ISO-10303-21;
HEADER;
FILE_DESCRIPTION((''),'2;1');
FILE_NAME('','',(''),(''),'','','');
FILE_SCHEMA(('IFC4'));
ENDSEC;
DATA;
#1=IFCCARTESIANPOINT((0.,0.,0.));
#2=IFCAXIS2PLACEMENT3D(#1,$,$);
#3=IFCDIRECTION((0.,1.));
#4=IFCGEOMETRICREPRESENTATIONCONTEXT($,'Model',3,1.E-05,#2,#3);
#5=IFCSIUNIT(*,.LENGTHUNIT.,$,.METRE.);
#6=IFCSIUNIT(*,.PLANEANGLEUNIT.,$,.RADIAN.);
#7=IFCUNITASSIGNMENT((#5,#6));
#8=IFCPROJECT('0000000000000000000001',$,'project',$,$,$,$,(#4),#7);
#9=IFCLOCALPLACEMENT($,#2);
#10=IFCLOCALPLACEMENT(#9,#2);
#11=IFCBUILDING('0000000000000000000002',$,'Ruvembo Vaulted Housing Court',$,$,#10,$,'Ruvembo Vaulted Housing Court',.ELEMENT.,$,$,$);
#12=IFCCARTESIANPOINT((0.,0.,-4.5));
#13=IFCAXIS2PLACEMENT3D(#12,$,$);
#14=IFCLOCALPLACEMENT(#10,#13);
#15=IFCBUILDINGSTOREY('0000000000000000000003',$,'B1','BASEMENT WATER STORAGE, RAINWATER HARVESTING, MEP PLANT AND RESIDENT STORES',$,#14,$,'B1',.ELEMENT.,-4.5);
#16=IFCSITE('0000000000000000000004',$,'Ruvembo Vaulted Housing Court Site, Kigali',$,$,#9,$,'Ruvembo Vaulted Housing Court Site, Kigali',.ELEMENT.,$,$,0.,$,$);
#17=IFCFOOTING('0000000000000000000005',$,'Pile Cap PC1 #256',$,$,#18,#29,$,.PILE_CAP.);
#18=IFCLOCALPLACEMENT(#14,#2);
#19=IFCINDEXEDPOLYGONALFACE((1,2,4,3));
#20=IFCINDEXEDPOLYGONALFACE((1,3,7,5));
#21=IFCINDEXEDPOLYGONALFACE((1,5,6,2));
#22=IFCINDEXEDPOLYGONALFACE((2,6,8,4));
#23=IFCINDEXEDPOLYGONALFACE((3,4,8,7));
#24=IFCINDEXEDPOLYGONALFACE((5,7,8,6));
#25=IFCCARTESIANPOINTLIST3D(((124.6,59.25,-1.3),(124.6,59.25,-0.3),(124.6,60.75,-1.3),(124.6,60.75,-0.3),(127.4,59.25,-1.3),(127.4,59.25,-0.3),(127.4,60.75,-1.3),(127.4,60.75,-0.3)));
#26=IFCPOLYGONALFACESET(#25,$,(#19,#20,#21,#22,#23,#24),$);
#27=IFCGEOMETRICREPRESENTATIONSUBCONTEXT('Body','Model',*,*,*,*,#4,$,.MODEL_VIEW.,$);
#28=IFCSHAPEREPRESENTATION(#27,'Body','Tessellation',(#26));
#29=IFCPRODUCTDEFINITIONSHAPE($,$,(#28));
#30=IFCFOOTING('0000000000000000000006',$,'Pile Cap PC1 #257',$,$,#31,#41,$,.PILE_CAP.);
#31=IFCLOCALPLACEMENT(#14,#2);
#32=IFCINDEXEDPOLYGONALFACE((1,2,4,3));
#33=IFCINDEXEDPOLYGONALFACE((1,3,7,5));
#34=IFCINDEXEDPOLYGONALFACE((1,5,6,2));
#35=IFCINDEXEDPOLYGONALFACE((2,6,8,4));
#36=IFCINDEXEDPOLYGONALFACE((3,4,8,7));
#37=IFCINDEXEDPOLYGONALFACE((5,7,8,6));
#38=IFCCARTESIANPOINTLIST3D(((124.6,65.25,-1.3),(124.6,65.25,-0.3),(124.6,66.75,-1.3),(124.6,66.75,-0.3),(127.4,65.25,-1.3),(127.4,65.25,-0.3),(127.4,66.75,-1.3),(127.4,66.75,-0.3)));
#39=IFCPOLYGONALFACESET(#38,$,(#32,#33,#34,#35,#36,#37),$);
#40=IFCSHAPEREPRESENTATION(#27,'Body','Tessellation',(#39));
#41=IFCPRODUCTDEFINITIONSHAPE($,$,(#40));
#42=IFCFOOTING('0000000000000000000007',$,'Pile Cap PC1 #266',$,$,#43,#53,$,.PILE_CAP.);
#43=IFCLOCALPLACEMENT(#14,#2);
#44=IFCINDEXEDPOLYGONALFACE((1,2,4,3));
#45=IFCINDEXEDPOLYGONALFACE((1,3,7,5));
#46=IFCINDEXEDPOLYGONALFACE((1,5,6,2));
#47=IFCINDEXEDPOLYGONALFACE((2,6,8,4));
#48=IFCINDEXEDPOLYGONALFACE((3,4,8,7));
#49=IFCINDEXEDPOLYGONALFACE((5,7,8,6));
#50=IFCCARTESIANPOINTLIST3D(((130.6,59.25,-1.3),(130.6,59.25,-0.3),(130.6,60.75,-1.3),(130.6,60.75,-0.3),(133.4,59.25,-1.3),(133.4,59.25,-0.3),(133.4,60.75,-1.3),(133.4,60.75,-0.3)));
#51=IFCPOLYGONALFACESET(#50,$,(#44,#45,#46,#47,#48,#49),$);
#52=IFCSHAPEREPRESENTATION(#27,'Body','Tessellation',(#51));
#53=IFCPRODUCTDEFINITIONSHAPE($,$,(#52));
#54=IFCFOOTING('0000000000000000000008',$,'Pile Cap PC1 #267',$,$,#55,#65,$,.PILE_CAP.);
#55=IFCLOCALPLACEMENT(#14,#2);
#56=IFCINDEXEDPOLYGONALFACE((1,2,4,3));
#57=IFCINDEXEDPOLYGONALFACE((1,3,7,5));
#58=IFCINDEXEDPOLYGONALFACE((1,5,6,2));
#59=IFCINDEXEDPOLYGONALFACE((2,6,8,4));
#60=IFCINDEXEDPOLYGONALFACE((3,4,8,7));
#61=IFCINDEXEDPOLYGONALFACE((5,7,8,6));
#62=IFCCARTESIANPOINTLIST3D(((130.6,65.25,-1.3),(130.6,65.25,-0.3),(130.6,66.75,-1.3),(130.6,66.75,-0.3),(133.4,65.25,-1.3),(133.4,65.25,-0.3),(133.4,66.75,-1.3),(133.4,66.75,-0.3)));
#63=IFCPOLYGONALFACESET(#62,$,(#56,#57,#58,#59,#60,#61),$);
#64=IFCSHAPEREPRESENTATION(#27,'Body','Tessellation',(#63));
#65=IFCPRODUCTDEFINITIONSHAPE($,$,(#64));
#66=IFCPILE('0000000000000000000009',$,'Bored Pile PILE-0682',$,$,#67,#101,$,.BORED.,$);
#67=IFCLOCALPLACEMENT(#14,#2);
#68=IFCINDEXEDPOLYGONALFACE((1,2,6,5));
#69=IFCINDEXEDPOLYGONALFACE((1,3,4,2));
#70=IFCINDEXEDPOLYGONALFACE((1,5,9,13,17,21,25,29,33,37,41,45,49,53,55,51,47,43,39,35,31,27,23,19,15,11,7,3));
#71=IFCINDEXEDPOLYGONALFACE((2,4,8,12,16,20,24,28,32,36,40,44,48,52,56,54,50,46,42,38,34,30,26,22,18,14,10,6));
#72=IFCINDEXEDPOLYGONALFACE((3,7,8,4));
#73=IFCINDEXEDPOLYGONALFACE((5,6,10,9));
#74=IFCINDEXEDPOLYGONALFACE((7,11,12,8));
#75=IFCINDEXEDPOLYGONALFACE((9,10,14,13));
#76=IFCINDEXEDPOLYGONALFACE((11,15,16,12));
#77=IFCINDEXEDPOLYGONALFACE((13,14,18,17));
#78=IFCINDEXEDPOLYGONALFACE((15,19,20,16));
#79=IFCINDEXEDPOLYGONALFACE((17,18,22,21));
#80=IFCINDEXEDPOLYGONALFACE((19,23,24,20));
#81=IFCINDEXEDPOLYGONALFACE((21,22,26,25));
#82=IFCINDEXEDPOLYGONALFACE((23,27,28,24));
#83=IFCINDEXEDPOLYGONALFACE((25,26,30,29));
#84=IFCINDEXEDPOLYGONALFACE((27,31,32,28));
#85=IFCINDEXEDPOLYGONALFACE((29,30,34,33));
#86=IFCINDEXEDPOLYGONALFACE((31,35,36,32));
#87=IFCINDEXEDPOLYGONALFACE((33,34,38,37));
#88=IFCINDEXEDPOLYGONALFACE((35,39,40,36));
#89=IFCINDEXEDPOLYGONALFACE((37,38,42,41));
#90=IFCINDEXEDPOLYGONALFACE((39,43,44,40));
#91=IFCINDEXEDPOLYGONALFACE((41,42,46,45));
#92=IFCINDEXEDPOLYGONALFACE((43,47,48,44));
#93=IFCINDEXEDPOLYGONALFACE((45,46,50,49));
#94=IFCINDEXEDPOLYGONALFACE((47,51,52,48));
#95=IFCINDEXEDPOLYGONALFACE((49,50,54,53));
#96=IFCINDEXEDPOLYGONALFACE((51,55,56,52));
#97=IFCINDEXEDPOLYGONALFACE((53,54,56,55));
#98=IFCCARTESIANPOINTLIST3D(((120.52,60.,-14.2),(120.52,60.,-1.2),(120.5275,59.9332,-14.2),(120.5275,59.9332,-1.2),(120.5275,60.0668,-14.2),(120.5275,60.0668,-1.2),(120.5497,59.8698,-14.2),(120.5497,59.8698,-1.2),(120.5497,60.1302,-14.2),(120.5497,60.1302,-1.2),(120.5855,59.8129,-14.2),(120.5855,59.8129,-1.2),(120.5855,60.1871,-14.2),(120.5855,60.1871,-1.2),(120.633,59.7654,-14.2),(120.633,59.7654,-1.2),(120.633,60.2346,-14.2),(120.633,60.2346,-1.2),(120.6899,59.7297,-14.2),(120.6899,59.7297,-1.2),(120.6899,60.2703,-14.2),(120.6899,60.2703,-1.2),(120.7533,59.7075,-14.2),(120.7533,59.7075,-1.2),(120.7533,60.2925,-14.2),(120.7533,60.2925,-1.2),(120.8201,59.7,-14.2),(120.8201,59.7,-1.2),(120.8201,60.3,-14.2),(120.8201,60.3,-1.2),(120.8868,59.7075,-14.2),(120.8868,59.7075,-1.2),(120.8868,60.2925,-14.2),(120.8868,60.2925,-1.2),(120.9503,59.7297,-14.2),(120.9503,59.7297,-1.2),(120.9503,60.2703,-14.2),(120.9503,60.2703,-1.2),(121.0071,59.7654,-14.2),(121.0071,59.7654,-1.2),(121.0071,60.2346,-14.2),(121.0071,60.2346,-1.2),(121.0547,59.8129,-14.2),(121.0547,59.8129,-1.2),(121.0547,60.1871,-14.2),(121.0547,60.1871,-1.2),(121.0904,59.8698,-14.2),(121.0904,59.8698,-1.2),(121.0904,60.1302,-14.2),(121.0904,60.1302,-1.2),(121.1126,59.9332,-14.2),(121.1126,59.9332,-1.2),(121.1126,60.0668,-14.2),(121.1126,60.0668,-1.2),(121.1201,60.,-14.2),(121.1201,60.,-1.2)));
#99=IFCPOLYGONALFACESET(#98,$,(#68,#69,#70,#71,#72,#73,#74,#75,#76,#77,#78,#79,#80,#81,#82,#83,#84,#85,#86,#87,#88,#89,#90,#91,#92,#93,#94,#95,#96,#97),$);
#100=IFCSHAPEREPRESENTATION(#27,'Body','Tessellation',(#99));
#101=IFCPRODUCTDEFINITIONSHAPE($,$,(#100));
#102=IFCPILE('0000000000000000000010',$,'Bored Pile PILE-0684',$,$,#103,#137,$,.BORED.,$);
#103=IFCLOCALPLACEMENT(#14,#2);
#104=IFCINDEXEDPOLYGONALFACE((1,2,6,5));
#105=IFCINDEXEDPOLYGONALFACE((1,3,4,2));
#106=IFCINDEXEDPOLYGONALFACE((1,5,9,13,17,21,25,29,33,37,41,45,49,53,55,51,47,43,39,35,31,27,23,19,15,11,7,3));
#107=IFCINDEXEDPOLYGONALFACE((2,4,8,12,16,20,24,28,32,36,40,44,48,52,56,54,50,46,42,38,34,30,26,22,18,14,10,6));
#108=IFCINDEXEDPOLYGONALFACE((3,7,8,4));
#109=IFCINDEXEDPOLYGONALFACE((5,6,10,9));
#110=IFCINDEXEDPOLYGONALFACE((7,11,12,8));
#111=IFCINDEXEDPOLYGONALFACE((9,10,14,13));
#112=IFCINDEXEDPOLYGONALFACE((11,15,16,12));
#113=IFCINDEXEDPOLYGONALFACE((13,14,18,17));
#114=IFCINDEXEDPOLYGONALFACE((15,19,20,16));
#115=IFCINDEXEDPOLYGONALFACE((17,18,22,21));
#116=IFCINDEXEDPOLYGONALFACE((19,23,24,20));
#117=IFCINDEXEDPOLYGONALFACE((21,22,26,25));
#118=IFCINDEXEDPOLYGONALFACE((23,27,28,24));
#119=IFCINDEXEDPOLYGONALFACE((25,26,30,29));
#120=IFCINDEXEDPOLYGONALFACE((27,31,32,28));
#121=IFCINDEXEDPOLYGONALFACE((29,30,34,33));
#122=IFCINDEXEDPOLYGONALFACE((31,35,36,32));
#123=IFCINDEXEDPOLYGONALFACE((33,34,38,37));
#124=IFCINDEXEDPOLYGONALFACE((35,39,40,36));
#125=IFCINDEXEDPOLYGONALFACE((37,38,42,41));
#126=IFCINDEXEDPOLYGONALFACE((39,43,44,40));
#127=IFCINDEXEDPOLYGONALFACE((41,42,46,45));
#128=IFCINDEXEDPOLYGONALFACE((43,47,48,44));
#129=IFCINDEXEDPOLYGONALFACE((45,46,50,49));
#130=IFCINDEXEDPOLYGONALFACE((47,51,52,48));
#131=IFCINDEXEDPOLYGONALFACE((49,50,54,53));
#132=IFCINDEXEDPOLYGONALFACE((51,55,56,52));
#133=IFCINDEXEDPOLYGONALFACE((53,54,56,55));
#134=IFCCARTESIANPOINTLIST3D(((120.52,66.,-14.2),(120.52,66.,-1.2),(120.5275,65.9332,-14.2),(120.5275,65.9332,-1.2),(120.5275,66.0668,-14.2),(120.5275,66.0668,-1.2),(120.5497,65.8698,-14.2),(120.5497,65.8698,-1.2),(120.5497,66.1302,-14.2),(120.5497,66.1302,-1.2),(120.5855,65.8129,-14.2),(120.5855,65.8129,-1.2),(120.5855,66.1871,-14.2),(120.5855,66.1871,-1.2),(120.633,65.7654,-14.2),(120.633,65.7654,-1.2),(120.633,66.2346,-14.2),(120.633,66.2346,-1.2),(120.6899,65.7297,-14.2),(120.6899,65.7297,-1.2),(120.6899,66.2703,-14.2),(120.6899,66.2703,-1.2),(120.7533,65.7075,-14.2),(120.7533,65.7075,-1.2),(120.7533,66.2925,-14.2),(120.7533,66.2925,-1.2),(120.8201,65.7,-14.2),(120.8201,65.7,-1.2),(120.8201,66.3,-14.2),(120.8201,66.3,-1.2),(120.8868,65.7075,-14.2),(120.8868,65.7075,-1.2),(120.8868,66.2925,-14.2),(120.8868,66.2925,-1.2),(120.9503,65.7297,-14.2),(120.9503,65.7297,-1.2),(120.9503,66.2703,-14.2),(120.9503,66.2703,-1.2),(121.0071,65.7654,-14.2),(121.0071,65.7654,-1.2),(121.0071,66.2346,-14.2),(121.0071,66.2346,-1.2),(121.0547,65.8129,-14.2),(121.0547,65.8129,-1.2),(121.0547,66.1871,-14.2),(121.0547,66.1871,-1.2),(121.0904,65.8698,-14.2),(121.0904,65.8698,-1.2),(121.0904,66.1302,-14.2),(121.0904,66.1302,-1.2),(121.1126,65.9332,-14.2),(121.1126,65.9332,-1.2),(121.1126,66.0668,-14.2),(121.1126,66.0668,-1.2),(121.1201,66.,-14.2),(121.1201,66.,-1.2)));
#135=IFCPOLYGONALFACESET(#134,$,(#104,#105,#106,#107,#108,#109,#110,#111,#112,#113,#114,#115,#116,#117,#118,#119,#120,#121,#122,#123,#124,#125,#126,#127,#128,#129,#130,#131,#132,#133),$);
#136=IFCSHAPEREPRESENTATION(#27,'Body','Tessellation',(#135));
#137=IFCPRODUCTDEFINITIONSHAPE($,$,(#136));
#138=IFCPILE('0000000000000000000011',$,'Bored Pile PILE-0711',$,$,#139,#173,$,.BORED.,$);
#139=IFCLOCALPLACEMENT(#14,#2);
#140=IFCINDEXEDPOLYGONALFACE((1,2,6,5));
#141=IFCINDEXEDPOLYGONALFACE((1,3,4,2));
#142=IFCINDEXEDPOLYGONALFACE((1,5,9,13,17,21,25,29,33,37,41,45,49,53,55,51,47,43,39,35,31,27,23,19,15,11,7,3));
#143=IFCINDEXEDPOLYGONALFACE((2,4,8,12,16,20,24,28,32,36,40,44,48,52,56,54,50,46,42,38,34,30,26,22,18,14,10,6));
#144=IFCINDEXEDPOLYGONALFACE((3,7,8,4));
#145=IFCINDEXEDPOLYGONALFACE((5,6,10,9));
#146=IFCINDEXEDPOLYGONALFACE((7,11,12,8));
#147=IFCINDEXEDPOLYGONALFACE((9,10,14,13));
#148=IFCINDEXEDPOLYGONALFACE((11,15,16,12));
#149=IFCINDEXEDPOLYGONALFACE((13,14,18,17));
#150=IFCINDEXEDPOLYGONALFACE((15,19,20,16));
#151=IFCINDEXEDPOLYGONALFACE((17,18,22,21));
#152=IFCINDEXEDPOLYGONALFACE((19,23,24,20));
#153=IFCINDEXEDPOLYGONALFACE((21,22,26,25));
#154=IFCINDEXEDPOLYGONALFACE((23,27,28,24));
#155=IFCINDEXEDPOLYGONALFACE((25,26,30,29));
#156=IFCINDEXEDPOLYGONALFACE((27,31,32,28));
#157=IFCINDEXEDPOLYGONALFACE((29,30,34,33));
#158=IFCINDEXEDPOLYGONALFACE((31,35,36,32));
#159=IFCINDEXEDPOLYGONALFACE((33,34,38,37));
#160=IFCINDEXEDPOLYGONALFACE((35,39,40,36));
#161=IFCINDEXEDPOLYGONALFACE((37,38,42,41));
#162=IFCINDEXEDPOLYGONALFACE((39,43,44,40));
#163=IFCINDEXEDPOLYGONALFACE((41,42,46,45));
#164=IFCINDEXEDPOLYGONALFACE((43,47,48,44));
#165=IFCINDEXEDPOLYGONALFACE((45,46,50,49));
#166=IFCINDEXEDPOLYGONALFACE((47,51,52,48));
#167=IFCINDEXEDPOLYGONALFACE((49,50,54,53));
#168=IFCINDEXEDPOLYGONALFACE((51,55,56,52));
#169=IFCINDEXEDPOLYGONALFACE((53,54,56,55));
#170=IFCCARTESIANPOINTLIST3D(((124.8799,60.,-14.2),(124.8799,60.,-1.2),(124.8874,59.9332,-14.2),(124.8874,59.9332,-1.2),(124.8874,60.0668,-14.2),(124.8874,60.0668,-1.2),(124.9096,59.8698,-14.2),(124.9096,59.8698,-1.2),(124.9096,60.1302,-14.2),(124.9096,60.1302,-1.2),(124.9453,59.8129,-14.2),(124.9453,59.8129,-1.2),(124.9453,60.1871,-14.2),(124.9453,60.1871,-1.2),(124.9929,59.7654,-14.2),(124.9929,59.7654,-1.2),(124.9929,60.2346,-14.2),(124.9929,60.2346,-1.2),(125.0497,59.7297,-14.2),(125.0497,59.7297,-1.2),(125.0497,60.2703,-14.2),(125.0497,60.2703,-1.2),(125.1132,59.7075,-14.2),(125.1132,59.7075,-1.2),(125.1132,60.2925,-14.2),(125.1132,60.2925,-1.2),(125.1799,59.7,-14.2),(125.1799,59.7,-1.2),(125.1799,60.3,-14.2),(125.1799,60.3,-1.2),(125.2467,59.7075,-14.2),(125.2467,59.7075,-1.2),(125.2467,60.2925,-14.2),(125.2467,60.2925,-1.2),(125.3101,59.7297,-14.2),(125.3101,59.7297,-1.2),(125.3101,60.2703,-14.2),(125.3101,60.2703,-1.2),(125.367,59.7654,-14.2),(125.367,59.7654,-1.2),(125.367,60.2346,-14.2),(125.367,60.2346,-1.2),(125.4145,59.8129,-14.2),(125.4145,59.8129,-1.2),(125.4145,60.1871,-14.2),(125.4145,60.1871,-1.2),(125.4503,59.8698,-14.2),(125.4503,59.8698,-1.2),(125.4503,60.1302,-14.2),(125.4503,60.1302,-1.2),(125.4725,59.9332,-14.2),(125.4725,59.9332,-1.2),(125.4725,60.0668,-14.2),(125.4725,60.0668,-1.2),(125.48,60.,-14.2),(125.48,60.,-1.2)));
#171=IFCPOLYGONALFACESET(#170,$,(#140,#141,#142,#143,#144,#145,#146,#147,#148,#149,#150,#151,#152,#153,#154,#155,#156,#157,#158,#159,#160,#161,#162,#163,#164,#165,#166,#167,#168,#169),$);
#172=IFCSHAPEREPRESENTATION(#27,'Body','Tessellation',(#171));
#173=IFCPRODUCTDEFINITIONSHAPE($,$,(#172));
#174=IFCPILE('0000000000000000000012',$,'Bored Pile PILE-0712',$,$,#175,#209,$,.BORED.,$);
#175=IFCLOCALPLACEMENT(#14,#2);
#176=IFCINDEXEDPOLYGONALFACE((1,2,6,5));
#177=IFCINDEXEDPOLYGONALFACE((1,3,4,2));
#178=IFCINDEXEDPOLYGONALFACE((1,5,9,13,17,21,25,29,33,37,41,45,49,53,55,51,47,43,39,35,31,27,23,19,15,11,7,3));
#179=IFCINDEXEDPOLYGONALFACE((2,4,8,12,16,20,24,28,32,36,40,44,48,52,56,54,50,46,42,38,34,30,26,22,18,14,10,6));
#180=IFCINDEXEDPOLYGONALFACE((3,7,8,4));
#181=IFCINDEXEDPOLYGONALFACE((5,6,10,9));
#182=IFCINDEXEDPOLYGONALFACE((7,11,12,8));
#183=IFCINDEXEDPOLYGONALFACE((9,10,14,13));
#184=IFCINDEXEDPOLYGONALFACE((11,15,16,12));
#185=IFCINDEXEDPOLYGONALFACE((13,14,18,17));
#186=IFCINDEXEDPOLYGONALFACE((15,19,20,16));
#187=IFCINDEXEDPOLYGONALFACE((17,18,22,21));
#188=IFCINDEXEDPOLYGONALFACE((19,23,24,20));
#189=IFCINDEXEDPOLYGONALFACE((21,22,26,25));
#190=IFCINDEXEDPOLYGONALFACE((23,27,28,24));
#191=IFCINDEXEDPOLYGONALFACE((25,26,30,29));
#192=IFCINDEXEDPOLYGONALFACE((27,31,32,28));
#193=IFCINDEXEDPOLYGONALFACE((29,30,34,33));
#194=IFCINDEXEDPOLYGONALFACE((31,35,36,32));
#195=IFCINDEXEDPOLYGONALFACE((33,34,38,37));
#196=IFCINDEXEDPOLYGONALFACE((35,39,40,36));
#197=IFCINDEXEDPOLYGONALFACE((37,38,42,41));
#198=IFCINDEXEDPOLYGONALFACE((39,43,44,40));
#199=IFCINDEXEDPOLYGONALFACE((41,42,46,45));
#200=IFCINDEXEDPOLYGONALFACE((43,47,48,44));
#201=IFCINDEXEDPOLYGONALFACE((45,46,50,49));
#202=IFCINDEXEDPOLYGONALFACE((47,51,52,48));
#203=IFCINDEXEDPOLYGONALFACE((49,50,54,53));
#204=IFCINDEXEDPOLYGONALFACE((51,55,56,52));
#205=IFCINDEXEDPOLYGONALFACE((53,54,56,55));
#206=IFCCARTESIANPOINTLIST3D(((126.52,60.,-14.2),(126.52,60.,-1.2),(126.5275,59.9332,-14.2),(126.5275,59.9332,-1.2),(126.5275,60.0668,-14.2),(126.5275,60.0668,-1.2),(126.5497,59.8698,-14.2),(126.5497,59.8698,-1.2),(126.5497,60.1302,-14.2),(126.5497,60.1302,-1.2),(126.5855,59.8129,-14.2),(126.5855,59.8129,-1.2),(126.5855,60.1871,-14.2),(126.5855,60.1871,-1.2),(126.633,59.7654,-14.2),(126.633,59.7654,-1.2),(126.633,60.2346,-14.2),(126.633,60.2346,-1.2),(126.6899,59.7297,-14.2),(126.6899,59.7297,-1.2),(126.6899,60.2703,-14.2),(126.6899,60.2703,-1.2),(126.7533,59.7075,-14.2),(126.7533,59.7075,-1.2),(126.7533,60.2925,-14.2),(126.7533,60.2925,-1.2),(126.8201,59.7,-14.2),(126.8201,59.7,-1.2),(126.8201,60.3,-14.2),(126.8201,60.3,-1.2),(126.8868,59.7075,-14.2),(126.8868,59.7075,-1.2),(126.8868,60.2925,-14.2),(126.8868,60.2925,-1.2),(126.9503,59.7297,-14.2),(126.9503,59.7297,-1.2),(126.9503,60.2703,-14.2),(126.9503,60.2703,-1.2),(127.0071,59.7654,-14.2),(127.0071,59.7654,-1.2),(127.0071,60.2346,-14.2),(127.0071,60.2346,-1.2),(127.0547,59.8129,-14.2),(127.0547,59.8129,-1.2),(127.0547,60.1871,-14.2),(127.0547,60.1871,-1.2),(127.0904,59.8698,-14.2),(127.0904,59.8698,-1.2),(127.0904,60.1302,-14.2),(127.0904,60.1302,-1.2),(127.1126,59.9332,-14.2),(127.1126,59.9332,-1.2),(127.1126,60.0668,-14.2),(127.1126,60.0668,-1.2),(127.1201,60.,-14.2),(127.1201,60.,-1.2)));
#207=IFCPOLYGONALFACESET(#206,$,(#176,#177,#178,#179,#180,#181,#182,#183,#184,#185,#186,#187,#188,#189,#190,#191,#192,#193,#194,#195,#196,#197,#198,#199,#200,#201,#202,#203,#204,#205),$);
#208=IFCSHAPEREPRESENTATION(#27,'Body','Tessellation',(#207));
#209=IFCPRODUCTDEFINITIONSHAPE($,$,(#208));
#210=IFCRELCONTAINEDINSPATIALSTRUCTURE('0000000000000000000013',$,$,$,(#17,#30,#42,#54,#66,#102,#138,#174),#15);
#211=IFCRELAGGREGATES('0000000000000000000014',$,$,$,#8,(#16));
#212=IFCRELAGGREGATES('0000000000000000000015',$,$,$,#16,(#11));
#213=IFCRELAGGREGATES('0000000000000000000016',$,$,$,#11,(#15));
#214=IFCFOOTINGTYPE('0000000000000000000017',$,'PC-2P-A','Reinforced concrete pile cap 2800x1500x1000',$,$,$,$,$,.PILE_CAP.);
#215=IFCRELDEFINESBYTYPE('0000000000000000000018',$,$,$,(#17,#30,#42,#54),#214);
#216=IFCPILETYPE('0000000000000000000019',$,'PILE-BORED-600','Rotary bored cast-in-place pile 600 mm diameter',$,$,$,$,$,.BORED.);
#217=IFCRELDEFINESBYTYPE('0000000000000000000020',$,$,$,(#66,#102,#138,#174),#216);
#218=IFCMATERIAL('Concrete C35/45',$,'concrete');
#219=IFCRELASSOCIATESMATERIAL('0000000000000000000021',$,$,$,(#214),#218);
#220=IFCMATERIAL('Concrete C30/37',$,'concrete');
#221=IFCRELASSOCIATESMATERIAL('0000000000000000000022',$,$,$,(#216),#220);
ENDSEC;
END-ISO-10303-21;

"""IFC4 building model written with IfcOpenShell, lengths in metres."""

from ifc_helpers import new_model, si_unit, direction, frame, origin, origin_2d, place, context, subcontext, project, spatial, rectangle, circle, extrude, material, material_profile, profile_set, type_object, element, save


model = new_model("IFC4")

# Units and contexts
model_context = context("Model", 3, precision=1e-05, world=origin(), true_north=direction((0.0, 1.0)))
body_context = subcontext(model_context, "Body", "Model", "MODEL_VIEW")
ifc_project = project(units=[si_unit("LENGTHUNIT", "METRE"), si_unit("PLANEANGLEUNIT", "RADIAN")], contexts=[model_context])

# Site, building, storey
site_placement = place(None, origin())
site = spatial("IfcSite", under=ifc_project, at=site_placement, Name="Ruvembo Vaulted Housing Court Site, Kigali", LongName="Ruvembo Vaulted Housing Court Site, Kigali", CompositionType="ELEMENT", RefElevation=0.0)
building_placement = place(site_placement, origin())
building = spatial("IfcBuilding", under=site, at=building_placement, Name="Ruvembo Vaulted Housing Court", LongName="Ruvembo Vaulted Housing Court", CompositionType="ELEMENT")
storey_placement = place(building_placement, frame((0.0, 0.0, -4.5)))
storey = spatial("IfcBuildingStorey", under=building, at=storey_placement, Name="B1", Description="BASEMENT WATER STORAGE, RAINWATER HARVESTING, MEP PLANT AND RESIDENT STORES", LongName="B1", CompositionType="ELEMENT", Elevation=-4.5)

# Footings
ifc_material_1 = material(Name="Concrete C35/45", Category="concrete")
footing_type = type_object("IfcFootingType", Name="PC-2P-A", Description="Reinforced concrete pile cap 2800x1500x1000", PredefinedType="PILE_CAP", material=ifc_material_1)
for number, where, z_axis, x_axis, name in (
    (1, (126.0, 60.0, -1.3), (0.0, 0.0, 1.0), (1.0, 0.0, 0.0), "Pile Cap PC1 #256"),
    (2, (126.0, 66.0, -1.3), (0.0, 0.0, 1.0), (1.0, 0.0, 0.0), "Pile Cap PC1 #257"),
    (3, (132.0, 60.0, -1.3), (0.0, 0.0, 1.0), (1.0, 0.0, 0.0), "Pile Cap PC1 #266"),
    (4, (132.0, 66.0, -1.3), (0.0, 0.0, 1.0), (1.0, 0.0, 0.0), "Pile Cap PC1 #267"),
):
    element("IfcFooting", number, at=place(storey_placement, frame(where, z_axis=z_axis, x_axis=x_axis)), inside=storey, type_object=footing_type, Name=name, PredefinedType="PILE_CAP", context=body_context, shape_type="SweptSolid", body=[
        extrude(rectangle(XDim=2.8, YDim=1.5, at=origin_2d()), origin(), (0.0, 0.0, 1.0), 1.0),
    ])

# Piles
ifc_material_2 = material(Name="Concrete C30/37", Category="concrete")
ifc_material_profile_1 = material_profile(ifc_material_2, circle(Radius=0.3, at=origin_2d()), Name="PILE D600")
ifc_profile_set_1 = profile_set([ifc_material_profile_1], Name="Concrete C30/37")
pile_type = type_object("IfcPileType", Name="PILE-BORED-600", Description="Rotary bored cast-in-place pile 600 mm diameter", PredefinedType="BORED", material=ifc_profile_set_1)
for number, where, z_axis, x_axis, name in (
    (5, (120.8201, 60.0, -1.2), (0.0, 0.0, -1.0), (1.0, 0.0, 0.0), "Bored Pile PILE-0682"),
    (6, (120.8201, 66.0, -1.2), (0.0, 0.0, -1.0), (1.0, 0.0, 0.0), "Bored Pile PILE-0684"),
    (7, (125.1799, 60.0, -1.2), (0.0, 0.0, -1.0), (1.0, 0.0, 0.0), "Bored Pile PILE-0711"),
    (8, (126.8201, 60.0, -1.2), (0.0, 0.0, -1.0), (1.0, 0.0, 0.0), "Bored Pile PILE-0712"),
):
    element("IfcPile", number, at=place(storey_placement, frame(where, z_axis=z_axis, x_axis=x_axis)), inside=storey, type_object=pile_type, Name=name, PredefinedType="BORED", context=body_context, shape_type="SweptSolid", body=[
        extrude(circle(Radius=0.3, at=origin_2d()), origin(), (0.0, 0.0, 1.0), 13.0),
    ])

save(model, "model.ifc")
